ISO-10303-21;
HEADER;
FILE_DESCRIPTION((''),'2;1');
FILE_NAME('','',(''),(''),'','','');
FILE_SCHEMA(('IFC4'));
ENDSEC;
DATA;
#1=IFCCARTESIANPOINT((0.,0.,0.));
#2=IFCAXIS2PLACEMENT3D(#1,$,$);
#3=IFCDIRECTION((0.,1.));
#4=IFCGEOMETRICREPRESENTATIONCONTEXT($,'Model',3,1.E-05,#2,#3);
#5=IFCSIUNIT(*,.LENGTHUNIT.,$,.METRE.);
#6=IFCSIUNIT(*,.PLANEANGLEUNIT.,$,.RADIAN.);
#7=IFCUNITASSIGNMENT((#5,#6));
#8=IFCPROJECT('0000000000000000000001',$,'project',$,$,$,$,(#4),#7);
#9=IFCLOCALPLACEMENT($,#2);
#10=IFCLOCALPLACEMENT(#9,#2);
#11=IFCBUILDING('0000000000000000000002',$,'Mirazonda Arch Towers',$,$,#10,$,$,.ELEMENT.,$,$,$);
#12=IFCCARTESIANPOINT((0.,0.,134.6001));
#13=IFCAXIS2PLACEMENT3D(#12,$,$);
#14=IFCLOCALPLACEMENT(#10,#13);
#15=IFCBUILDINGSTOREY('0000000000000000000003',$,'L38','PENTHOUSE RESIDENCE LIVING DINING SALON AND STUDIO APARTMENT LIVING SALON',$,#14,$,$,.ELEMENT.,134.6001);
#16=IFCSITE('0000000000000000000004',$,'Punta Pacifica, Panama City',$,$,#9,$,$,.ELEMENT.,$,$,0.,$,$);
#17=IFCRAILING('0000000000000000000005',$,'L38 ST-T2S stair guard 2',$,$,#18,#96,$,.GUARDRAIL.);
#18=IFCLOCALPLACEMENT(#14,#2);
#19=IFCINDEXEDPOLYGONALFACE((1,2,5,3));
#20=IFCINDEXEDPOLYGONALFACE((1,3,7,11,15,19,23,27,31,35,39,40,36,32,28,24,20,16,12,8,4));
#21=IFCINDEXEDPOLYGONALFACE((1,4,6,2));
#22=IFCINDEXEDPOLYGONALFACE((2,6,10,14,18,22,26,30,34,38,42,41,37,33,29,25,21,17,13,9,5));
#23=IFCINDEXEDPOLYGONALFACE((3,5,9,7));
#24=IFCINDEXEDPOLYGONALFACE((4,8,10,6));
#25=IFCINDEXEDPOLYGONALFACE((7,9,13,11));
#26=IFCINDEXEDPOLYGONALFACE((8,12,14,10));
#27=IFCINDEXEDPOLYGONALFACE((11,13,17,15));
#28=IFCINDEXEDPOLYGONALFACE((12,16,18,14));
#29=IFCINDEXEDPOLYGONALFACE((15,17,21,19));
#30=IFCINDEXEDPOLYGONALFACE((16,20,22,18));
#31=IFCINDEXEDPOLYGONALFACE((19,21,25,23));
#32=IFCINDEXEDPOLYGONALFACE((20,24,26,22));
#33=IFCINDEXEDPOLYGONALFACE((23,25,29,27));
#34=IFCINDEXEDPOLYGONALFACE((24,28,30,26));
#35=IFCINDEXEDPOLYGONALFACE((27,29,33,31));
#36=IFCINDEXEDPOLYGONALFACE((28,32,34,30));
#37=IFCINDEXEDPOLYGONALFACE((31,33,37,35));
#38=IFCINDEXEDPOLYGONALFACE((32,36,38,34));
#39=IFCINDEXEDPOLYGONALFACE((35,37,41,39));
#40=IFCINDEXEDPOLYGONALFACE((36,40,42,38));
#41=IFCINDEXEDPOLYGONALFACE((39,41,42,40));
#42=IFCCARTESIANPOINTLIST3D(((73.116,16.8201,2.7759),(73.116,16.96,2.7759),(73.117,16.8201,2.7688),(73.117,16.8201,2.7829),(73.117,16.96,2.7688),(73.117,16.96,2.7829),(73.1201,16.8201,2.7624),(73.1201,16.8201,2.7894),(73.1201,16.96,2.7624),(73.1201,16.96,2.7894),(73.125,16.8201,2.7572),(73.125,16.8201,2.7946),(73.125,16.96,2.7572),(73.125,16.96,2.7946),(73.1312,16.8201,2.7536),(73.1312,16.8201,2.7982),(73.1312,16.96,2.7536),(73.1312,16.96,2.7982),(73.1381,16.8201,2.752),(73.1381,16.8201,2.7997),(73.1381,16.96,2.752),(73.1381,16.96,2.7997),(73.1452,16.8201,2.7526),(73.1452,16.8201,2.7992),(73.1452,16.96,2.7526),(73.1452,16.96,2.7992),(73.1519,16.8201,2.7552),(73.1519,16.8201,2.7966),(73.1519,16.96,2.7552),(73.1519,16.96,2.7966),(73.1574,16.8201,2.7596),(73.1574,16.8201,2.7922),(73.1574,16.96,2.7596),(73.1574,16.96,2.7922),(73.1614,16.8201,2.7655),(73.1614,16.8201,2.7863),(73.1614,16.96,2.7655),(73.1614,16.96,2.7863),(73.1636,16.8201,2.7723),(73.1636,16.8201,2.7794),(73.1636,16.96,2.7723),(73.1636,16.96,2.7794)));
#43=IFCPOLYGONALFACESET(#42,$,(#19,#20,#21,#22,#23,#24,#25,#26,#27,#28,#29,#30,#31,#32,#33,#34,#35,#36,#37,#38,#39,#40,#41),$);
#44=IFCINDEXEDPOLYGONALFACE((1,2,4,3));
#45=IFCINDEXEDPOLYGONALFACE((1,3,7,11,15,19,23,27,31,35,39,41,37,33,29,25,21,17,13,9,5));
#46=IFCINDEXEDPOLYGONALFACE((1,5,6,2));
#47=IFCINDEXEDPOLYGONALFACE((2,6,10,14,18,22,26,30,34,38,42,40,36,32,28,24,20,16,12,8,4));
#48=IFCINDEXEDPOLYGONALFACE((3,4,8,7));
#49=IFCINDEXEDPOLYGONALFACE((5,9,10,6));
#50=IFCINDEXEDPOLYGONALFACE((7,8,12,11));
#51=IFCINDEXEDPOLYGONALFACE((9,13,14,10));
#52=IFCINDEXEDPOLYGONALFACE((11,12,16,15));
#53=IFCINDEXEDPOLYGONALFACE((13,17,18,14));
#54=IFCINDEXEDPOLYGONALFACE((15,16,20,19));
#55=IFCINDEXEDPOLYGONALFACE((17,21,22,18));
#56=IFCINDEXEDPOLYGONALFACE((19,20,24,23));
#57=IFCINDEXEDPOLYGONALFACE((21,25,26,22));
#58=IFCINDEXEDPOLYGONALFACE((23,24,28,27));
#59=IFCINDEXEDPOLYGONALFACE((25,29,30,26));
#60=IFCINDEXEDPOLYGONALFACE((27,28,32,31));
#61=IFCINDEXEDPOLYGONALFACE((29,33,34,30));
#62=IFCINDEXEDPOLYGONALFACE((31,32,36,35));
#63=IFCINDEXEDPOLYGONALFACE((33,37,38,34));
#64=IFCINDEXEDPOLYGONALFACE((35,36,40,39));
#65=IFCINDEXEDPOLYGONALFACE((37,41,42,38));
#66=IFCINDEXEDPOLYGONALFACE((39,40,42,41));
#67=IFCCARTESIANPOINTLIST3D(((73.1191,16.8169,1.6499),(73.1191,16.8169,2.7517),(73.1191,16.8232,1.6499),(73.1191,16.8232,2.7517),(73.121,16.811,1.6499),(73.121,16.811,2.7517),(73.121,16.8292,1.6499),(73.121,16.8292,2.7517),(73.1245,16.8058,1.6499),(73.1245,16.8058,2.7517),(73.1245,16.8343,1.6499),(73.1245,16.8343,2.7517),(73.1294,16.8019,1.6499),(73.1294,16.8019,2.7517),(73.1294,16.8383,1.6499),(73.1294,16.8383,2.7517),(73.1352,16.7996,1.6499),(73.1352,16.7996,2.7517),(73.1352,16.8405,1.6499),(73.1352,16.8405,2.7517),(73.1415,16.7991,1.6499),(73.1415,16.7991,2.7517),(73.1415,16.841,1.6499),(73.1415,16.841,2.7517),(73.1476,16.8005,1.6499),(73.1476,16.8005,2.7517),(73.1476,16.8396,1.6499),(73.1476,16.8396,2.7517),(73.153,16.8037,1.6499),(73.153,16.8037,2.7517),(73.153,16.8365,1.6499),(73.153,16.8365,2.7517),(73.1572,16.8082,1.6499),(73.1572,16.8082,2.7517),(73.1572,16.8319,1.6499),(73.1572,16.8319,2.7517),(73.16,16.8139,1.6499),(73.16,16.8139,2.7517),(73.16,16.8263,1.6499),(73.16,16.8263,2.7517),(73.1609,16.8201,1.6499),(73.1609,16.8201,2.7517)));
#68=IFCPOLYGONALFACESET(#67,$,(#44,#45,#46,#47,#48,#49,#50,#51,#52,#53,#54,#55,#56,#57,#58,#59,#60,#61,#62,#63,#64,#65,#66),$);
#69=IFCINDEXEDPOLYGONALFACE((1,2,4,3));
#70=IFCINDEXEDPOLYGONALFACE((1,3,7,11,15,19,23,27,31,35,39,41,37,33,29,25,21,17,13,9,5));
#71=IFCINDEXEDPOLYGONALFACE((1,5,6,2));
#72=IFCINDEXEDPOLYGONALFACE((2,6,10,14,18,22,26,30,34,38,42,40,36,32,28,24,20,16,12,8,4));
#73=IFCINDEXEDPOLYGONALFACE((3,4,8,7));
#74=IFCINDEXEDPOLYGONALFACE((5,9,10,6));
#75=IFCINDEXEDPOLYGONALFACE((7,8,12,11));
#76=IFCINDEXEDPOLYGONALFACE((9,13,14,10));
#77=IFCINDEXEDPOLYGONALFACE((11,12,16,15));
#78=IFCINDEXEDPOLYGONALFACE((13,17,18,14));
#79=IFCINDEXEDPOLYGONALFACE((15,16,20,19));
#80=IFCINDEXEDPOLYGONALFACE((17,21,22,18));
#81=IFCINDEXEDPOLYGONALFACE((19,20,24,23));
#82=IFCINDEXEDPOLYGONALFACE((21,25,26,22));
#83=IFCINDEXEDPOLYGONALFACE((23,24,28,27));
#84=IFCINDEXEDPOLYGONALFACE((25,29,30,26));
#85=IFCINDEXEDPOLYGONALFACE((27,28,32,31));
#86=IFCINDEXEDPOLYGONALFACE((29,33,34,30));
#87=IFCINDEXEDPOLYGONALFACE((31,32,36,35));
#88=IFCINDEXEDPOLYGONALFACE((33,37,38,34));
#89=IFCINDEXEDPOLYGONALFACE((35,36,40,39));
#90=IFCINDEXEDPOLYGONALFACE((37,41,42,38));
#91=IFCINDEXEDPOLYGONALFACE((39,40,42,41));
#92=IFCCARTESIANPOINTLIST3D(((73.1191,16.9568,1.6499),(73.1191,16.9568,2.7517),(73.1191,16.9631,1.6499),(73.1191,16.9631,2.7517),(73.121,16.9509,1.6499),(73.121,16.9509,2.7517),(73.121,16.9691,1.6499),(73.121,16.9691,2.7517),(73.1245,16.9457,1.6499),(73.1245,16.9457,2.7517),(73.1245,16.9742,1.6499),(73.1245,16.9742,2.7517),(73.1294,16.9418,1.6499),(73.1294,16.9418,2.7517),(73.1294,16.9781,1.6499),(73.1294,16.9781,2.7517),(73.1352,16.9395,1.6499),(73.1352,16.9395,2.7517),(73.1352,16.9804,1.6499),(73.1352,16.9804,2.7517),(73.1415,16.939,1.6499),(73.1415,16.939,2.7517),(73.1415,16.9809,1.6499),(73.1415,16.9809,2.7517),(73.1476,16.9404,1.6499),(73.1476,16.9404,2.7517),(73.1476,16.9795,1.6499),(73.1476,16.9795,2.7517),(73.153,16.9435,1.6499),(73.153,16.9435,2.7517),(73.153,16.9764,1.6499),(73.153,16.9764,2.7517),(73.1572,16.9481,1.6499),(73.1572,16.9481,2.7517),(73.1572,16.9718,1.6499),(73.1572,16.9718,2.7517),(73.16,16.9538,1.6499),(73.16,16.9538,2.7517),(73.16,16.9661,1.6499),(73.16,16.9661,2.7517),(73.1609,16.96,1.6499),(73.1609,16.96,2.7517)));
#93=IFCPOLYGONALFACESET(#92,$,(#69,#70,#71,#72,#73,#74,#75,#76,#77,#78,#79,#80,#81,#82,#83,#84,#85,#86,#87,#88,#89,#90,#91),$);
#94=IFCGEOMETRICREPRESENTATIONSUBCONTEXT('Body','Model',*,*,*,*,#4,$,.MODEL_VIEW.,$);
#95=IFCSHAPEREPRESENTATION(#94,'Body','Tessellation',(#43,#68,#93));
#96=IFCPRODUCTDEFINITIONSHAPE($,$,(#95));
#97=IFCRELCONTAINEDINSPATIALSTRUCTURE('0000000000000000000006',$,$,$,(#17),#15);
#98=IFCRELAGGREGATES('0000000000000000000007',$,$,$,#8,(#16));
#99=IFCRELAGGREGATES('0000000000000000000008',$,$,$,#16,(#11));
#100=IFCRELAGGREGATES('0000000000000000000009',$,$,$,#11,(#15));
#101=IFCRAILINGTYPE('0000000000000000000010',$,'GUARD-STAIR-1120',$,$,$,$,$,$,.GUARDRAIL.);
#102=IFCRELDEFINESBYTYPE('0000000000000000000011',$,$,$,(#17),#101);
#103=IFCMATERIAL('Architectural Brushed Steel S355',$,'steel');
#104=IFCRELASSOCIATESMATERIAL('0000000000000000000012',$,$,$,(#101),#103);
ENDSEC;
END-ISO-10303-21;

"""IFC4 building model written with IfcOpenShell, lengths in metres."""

from ifc_helpers import new_model, si_unit, direction, frame, origin, origin_2d, place, context, subcontext, project, spatial, circle, extrude, material, type_object, element, save


model = new_model("IFC4")

# Units and contexts
model_context = context("Model", 3, precision=1e-05, world=origin(), true_north=direction((0.0, 1.0)))
body_context = subcontext(model_context, "Body", "Model", "MODEL_VIEW")
ifc_project = project(units=[si_unit("LENGTHUNIT", "METRE"), si_unit("PLANEANGLEUNIT", "RADIAN")], contexts=[model_context])

# Site, building, storey
site_placement = place(None, origin())
site = spatial("IfcSite", under=ifc_project, at=site_placement, Name="Punta Pacifica, Panama City", CompositionType="ELEMENT", RefElevation=0.0)
building_placement = place(site_placement, origin())
building = spatial("IfcBuilding", under=site, at=building_placement, Name="Mirazonda Arch Towers", CompositionType="ELEMENT")
storey_placement = place(building_placement, frame((0.0, 0.0, 134.6001)))
storey = spatial("IfcBuildingStorey", under=building, at=storey_placement, Name="L38", Description="PENTHOUSE RESIDENCE LIVING DINING SALON AND STUDIO APARTMENT LIVING SALON", CompositionType="ELEMENT", Elevation=134.6001)

# Railing
ifc_material_1 = material(Name="Architectural Brushed Steel S355", Category="steel")
railing_type_1 = type_object("IfcRailingType", Name="GUARD-STAIR-1120", PredefinedType="GUARDRAIL", material=ifc_material_1)
railing_1_placement = place(storey_placement, frame((73.1399, 16.8201, 1.6499)))
element("IfcRailing", 1, at=railing_1_placement, inside=storey, type_object=railing_type_1, Name="L38 ST-T2S stair guard 2", PredefinedType="GUARDRAIL", context=body_context, shape_type="SweptSolid", body=[
    extrude(circle(Radius=0.0239, at=origin_2d()), frame((0.0, 0.0, 1.126), z_axis=(0.0, 1.0, 0.0), x_axis=(-1.0, 0.0, 0.0)), (0.0, 0.0, 1.0), 0.1399),
    extrude(circle(Radius=0.021, at=origin_2d()), origin(), (0.0, 0.0, 1.0), 1.1018),
    extrude(circle(Radius=0.021, at=origin_2d()), frame((0.0, 0.1399, 0.0)), (0.0, 0.0, 1.0), 1.1018),
])

save(model, "model.ifc")
